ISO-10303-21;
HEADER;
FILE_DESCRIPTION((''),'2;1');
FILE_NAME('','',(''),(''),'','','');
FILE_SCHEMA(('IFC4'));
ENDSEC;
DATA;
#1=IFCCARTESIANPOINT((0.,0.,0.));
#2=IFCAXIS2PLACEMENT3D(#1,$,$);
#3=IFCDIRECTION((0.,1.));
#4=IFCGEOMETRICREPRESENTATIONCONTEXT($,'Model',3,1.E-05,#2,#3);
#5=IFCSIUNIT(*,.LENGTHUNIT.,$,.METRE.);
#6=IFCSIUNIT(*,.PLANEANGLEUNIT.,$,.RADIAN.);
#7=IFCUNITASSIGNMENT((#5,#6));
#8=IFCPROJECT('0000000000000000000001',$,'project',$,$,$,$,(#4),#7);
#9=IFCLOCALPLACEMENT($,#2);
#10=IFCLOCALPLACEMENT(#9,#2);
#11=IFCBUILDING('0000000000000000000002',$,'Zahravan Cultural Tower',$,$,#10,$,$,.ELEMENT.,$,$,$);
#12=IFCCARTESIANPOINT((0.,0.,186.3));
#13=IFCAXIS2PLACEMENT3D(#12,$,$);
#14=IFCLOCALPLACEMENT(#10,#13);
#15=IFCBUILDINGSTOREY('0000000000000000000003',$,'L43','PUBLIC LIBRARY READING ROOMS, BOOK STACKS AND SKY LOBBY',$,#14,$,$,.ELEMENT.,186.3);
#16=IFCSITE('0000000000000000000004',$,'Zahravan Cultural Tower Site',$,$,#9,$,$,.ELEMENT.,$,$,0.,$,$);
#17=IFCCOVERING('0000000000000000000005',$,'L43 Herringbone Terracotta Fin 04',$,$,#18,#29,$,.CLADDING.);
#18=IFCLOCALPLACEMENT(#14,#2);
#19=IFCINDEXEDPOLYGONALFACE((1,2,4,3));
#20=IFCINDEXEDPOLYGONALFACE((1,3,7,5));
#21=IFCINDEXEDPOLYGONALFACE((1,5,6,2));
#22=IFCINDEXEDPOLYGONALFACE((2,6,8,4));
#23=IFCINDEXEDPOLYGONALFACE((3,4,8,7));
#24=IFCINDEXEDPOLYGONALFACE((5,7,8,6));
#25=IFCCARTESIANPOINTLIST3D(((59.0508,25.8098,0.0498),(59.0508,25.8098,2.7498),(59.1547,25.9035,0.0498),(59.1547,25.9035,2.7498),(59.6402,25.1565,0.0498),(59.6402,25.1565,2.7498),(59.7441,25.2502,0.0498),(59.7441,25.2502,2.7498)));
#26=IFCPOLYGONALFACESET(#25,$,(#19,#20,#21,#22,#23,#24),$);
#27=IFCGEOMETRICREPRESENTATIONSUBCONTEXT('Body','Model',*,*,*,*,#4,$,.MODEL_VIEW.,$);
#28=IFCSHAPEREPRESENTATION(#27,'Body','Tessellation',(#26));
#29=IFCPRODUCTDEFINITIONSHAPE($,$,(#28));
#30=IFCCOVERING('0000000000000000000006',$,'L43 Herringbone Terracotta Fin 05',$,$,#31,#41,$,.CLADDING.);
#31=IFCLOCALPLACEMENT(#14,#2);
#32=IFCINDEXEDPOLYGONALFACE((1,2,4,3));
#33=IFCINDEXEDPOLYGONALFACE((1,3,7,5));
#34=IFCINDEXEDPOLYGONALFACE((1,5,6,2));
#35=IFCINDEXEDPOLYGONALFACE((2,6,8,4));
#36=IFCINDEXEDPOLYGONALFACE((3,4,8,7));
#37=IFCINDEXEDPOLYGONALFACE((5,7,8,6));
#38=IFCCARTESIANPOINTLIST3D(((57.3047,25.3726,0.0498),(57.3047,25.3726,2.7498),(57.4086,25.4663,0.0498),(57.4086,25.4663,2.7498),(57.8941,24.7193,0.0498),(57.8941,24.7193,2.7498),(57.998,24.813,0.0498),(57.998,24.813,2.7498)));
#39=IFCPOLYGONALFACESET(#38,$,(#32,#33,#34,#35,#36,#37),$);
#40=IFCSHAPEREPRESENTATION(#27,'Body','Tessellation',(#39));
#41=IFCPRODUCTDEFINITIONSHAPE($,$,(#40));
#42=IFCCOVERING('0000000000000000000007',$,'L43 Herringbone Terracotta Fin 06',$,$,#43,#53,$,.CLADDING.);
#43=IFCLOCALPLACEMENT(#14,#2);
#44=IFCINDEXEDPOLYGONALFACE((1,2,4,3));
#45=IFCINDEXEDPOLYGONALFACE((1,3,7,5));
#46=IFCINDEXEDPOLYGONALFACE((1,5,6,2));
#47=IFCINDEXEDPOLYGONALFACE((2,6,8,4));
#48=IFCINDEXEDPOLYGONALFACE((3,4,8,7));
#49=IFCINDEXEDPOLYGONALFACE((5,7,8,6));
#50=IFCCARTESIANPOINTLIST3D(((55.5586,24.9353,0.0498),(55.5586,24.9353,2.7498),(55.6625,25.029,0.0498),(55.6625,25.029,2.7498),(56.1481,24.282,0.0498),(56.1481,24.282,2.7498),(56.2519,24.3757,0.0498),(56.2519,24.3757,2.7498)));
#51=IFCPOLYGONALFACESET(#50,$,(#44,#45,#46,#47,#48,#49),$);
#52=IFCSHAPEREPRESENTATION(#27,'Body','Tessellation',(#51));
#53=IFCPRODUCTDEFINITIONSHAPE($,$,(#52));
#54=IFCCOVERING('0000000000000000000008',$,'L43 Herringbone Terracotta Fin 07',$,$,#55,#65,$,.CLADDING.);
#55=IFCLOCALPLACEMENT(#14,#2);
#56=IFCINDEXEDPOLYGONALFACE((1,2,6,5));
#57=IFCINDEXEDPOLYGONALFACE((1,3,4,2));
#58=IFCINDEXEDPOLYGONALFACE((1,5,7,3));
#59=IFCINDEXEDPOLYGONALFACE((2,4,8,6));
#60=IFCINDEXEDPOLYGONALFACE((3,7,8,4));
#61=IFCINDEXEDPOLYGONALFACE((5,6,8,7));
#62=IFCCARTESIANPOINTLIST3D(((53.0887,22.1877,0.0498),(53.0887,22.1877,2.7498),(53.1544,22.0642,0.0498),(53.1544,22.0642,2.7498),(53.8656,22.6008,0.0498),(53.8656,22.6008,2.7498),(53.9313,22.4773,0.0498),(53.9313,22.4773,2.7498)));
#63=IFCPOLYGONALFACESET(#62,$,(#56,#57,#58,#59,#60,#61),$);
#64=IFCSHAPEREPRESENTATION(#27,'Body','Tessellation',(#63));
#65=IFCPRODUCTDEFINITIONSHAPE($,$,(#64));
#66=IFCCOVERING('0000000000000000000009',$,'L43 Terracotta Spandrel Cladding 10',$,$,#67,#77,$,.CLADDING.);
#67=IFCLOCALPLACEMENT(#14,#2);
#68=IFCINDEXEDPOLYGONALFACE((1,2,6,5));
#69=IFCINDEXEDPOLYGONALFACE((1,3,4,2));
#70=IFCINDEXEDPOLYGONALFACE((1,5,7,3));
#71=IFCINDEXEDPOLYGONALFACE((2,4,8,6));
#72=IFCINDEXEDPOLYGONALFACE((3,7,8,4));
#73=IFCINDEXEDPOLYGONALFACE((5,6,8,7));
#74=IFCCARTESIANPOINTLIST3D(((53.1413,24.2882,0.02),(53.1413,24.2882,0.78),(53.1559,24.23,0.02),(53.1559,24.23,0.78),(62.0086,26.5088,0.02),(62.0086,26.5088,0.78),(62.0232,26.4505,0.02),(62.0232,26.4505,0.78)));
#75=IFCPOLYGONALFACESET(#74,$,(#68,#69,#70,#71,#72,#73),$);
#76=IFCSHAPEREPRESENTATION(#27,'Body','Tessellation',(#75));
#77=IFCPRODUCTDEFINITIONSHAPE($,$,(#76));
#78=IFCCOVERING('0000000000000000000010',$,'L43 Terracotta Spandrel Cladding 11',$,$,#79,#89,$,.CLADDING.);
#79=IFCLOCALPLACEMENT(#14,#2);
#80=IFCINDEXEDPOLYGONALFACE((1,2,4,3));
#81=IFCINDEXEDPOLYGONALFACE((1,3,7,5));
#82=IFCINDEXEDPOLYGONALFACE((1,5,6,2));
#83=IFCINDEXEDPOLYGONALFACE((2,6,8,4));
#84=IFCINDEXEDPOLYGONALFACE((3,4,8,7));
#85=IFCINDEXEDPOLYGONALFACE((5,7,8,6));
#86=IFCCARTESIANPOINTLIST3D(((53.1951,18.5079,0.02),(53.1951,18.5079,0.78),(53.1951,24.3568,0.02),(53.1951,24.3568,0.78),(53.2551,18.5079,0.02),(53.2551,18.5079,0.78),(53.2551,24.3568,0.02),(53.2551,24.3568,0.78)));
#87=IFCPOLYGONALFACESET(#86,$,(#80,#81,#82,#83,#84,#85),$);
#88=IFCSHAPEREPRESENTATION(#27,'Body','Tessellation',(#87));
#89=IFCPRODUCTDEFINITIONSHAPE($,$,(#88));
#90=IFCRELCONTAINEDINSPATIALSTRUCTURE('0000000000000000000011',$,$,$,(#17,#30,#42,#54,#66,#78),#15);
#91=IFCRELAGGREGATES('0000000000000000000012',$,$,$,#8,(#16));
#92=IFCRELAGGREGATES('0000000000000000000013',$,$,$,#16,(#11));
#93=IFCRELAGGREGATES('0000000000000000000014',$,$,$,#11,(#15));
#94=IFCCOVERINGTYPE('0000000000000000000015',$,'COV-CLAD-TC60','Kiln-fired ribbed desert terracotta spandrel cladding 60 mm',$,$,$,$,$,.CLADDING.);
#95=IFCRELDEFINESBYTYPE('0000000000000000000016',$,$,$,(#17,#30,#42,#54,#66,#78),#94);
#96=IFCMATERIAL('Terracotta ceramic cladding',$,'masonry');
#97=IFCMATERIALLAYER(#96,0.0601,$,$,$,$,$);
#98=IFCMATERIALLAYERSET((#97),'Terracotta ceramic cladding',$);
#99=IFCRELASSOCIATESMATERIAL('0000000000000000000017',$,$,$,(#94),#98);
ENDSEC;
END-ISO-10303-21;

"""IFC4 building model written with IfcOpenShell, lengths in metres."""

from ifc_helpers import new_model, si_unit, direction, frame, origin, origin_2d, place, context, subcontext, project, spatial, rectangle, extrude, source, transform, mapped, material, layer, layer_set, type_object, element, save


model = new_model("IFC4")

# Units and contexts
model_context = context("Model", 3, precision=1e-05, world=origin(), true_north=direction((0.0, 1.0)))
body_context = subcontext(model_context, "Body", "Model", "MODEL_VIEW")
ifc_project = project(units=[si_unit("LENGTHUNIT", "METRE"), si_unit("PLANEANGLEUNIT", "RADIAN")], contexts=[model_context])

# Site, building, storey
site_placement = place(None, origin())
site = spatial("IfcSite", under=ifc_project, at=site_placement, Name="Zahravan Cultural Tower Site", CompositionType="ELEMENT", RefElevation=0.0)
building_placement = place(site_placement, origin())
building = spatial("IfcBuilding", under=site, at=building_placement, Name="Zahravan Cultural Tower", CompositionType="ELEMENT")
storey_placement = place(building_placement, frame((0.0, 0.0, 186.3)))
storey = spatial("IfcBuildingStorey", under=building, at=storey_placement, Name="L43", Description="PUBLIC LIBRARY READING ROOMS, BOOK STACKS AND SKY LOBBY", CompositionType="ELEMENT", Elevation=186.3)

# Coverings
ifc_material_1 = material(Name="Terracotta ceramic cladding", Category="masonry")
ifc_layer_1 = layer(ifc_material_1, 0.0601)
ifc_layer_set_1 = layer_set([ifc_layer_1], Name="Terracotta ceramic cladding")
covering_type = type_object("IfcCoveringType", Name="COV-CLAD-TC60", Description="Kiln-fired ribbed desert terracotta spandrel cladding 60 mm", PredefinedType="CLADDING", material=ifc_layer_set_1)
shared_shape_1 = source(origin(), body_context, "Body", "SweptSolid", [
    extrude(rectangle(XDim=0.8799, YDim=0.1399, at=origin_2d()), origin(), (0.0, 0.0, 1.0), 2.7),
])
for number, where, z_axis, x_axis, name in (
    (1, (59.3975, 25.53, 0.0498), (0.0, 0.0, 1.0), (0.669896, -0.742455, 0.0), "L43 Herringbone Terracotta Fin 04"),
    (2, (57.6514, 25.0928, 0.0498), (0.0, 0.0, 1.0), (0.669896, -0.742455, 0.0), "L43 Herringbone Terracotta Fin 05"),
    (3, (55.9053, 24.6555, 0.0498), (0.0, 0.0, 1.0), (0.669896, -0.742455, 0.0), "L43 Herringbone Terracotta Fin 06"),
    (4, (53.51, 22.3325, 0.0498), (0.0, 0.0, 1.0), (0.882948, 0.469472, 0.0), "L43 Herringbone Terracotta Fin 07"),
):
    element("IfcCovering", number, at=place(storey_placement, frame(where, z_axis=z_axis, x_axis=x_axis)), inside=storey, type_object=covering_type, Name=name, PredefinedType="CLADDING", context=body_context, shape_type="MappedRepresentation", body=[
        mapped(shared_shape_1, transform((0.0, 0.0, 0.0), x_axis=(1.0, 0.0, 0.0), y_axis=(0.0, 1.0, 0.0), z_axis=(0.0, 0.0, 1.0), scale=1.0)),
    ])
shared_shape_2 = source(origin(), body_context, "Body", "SweptSolid", [
    extrude(rectangle(XDim=9.1411, YDim=0.0601, at=origin_2d()), origin(), (0.0, 0.0, 1.0), 0.76),
])
covering_1_placement = place(storey_placement, frame((57.5823, 25.3694, 0.02), z_axis=(0.0, 0.0, 1.0), x_axis=(-0.970046, -0.242921, 0.0)))
element("IfcCovering", 5, at=covering_1_placement, inside=storey, type_object=covering_type, Name="L43 Terracotta Spandrel Cladding 10", PredefinedType="CLADDING", context=body_context, shape_type="MappedRepresentation", body=[
    mapped(shared_shape_2, transform((0.0, 0.0, 0.0), x_axis=(1.0, 0.0, 0.0), y_axis=(0.0, 1.0, 0.0), z_axis=(0.0, 0.0, 1.0), scale=1.0)),
])
shared_shape_3 = source(origin(), body_context, "Body", "SweptSolid", [
    extrude(rectangle(XDim=5.8489, YDim=0.0601, at=origin_2d()), origin(), (0.0, 0.0, 1.0), 0.76),
])
covering_2_placement = place(storey_placement, frame((53.2251, 21.4324, 0.02), z_axis=(0.0, 0.0, 1.0), x_axis=(0.0, -1.0, 0.0)))
element("IfcCovering", 6, at=covering_2_placement, inside=storey, type_object=covering_type, Name="L43 Terracotta Spandrel Cladding 11", PredefinedType="CLADDING", context=body_context, shape_type="MappedRepresentation", body=[
    mapped(shared_shape_3, transform((0.0, 0.0, 0.0), x_axis=(1.0, 0.0, 0.0), y_axis=(0.0, 1.0, 0.0), z_axis=(0.0, 0.0, 1.0), scale=1.0)),
])

save(model, "model.ifc")
